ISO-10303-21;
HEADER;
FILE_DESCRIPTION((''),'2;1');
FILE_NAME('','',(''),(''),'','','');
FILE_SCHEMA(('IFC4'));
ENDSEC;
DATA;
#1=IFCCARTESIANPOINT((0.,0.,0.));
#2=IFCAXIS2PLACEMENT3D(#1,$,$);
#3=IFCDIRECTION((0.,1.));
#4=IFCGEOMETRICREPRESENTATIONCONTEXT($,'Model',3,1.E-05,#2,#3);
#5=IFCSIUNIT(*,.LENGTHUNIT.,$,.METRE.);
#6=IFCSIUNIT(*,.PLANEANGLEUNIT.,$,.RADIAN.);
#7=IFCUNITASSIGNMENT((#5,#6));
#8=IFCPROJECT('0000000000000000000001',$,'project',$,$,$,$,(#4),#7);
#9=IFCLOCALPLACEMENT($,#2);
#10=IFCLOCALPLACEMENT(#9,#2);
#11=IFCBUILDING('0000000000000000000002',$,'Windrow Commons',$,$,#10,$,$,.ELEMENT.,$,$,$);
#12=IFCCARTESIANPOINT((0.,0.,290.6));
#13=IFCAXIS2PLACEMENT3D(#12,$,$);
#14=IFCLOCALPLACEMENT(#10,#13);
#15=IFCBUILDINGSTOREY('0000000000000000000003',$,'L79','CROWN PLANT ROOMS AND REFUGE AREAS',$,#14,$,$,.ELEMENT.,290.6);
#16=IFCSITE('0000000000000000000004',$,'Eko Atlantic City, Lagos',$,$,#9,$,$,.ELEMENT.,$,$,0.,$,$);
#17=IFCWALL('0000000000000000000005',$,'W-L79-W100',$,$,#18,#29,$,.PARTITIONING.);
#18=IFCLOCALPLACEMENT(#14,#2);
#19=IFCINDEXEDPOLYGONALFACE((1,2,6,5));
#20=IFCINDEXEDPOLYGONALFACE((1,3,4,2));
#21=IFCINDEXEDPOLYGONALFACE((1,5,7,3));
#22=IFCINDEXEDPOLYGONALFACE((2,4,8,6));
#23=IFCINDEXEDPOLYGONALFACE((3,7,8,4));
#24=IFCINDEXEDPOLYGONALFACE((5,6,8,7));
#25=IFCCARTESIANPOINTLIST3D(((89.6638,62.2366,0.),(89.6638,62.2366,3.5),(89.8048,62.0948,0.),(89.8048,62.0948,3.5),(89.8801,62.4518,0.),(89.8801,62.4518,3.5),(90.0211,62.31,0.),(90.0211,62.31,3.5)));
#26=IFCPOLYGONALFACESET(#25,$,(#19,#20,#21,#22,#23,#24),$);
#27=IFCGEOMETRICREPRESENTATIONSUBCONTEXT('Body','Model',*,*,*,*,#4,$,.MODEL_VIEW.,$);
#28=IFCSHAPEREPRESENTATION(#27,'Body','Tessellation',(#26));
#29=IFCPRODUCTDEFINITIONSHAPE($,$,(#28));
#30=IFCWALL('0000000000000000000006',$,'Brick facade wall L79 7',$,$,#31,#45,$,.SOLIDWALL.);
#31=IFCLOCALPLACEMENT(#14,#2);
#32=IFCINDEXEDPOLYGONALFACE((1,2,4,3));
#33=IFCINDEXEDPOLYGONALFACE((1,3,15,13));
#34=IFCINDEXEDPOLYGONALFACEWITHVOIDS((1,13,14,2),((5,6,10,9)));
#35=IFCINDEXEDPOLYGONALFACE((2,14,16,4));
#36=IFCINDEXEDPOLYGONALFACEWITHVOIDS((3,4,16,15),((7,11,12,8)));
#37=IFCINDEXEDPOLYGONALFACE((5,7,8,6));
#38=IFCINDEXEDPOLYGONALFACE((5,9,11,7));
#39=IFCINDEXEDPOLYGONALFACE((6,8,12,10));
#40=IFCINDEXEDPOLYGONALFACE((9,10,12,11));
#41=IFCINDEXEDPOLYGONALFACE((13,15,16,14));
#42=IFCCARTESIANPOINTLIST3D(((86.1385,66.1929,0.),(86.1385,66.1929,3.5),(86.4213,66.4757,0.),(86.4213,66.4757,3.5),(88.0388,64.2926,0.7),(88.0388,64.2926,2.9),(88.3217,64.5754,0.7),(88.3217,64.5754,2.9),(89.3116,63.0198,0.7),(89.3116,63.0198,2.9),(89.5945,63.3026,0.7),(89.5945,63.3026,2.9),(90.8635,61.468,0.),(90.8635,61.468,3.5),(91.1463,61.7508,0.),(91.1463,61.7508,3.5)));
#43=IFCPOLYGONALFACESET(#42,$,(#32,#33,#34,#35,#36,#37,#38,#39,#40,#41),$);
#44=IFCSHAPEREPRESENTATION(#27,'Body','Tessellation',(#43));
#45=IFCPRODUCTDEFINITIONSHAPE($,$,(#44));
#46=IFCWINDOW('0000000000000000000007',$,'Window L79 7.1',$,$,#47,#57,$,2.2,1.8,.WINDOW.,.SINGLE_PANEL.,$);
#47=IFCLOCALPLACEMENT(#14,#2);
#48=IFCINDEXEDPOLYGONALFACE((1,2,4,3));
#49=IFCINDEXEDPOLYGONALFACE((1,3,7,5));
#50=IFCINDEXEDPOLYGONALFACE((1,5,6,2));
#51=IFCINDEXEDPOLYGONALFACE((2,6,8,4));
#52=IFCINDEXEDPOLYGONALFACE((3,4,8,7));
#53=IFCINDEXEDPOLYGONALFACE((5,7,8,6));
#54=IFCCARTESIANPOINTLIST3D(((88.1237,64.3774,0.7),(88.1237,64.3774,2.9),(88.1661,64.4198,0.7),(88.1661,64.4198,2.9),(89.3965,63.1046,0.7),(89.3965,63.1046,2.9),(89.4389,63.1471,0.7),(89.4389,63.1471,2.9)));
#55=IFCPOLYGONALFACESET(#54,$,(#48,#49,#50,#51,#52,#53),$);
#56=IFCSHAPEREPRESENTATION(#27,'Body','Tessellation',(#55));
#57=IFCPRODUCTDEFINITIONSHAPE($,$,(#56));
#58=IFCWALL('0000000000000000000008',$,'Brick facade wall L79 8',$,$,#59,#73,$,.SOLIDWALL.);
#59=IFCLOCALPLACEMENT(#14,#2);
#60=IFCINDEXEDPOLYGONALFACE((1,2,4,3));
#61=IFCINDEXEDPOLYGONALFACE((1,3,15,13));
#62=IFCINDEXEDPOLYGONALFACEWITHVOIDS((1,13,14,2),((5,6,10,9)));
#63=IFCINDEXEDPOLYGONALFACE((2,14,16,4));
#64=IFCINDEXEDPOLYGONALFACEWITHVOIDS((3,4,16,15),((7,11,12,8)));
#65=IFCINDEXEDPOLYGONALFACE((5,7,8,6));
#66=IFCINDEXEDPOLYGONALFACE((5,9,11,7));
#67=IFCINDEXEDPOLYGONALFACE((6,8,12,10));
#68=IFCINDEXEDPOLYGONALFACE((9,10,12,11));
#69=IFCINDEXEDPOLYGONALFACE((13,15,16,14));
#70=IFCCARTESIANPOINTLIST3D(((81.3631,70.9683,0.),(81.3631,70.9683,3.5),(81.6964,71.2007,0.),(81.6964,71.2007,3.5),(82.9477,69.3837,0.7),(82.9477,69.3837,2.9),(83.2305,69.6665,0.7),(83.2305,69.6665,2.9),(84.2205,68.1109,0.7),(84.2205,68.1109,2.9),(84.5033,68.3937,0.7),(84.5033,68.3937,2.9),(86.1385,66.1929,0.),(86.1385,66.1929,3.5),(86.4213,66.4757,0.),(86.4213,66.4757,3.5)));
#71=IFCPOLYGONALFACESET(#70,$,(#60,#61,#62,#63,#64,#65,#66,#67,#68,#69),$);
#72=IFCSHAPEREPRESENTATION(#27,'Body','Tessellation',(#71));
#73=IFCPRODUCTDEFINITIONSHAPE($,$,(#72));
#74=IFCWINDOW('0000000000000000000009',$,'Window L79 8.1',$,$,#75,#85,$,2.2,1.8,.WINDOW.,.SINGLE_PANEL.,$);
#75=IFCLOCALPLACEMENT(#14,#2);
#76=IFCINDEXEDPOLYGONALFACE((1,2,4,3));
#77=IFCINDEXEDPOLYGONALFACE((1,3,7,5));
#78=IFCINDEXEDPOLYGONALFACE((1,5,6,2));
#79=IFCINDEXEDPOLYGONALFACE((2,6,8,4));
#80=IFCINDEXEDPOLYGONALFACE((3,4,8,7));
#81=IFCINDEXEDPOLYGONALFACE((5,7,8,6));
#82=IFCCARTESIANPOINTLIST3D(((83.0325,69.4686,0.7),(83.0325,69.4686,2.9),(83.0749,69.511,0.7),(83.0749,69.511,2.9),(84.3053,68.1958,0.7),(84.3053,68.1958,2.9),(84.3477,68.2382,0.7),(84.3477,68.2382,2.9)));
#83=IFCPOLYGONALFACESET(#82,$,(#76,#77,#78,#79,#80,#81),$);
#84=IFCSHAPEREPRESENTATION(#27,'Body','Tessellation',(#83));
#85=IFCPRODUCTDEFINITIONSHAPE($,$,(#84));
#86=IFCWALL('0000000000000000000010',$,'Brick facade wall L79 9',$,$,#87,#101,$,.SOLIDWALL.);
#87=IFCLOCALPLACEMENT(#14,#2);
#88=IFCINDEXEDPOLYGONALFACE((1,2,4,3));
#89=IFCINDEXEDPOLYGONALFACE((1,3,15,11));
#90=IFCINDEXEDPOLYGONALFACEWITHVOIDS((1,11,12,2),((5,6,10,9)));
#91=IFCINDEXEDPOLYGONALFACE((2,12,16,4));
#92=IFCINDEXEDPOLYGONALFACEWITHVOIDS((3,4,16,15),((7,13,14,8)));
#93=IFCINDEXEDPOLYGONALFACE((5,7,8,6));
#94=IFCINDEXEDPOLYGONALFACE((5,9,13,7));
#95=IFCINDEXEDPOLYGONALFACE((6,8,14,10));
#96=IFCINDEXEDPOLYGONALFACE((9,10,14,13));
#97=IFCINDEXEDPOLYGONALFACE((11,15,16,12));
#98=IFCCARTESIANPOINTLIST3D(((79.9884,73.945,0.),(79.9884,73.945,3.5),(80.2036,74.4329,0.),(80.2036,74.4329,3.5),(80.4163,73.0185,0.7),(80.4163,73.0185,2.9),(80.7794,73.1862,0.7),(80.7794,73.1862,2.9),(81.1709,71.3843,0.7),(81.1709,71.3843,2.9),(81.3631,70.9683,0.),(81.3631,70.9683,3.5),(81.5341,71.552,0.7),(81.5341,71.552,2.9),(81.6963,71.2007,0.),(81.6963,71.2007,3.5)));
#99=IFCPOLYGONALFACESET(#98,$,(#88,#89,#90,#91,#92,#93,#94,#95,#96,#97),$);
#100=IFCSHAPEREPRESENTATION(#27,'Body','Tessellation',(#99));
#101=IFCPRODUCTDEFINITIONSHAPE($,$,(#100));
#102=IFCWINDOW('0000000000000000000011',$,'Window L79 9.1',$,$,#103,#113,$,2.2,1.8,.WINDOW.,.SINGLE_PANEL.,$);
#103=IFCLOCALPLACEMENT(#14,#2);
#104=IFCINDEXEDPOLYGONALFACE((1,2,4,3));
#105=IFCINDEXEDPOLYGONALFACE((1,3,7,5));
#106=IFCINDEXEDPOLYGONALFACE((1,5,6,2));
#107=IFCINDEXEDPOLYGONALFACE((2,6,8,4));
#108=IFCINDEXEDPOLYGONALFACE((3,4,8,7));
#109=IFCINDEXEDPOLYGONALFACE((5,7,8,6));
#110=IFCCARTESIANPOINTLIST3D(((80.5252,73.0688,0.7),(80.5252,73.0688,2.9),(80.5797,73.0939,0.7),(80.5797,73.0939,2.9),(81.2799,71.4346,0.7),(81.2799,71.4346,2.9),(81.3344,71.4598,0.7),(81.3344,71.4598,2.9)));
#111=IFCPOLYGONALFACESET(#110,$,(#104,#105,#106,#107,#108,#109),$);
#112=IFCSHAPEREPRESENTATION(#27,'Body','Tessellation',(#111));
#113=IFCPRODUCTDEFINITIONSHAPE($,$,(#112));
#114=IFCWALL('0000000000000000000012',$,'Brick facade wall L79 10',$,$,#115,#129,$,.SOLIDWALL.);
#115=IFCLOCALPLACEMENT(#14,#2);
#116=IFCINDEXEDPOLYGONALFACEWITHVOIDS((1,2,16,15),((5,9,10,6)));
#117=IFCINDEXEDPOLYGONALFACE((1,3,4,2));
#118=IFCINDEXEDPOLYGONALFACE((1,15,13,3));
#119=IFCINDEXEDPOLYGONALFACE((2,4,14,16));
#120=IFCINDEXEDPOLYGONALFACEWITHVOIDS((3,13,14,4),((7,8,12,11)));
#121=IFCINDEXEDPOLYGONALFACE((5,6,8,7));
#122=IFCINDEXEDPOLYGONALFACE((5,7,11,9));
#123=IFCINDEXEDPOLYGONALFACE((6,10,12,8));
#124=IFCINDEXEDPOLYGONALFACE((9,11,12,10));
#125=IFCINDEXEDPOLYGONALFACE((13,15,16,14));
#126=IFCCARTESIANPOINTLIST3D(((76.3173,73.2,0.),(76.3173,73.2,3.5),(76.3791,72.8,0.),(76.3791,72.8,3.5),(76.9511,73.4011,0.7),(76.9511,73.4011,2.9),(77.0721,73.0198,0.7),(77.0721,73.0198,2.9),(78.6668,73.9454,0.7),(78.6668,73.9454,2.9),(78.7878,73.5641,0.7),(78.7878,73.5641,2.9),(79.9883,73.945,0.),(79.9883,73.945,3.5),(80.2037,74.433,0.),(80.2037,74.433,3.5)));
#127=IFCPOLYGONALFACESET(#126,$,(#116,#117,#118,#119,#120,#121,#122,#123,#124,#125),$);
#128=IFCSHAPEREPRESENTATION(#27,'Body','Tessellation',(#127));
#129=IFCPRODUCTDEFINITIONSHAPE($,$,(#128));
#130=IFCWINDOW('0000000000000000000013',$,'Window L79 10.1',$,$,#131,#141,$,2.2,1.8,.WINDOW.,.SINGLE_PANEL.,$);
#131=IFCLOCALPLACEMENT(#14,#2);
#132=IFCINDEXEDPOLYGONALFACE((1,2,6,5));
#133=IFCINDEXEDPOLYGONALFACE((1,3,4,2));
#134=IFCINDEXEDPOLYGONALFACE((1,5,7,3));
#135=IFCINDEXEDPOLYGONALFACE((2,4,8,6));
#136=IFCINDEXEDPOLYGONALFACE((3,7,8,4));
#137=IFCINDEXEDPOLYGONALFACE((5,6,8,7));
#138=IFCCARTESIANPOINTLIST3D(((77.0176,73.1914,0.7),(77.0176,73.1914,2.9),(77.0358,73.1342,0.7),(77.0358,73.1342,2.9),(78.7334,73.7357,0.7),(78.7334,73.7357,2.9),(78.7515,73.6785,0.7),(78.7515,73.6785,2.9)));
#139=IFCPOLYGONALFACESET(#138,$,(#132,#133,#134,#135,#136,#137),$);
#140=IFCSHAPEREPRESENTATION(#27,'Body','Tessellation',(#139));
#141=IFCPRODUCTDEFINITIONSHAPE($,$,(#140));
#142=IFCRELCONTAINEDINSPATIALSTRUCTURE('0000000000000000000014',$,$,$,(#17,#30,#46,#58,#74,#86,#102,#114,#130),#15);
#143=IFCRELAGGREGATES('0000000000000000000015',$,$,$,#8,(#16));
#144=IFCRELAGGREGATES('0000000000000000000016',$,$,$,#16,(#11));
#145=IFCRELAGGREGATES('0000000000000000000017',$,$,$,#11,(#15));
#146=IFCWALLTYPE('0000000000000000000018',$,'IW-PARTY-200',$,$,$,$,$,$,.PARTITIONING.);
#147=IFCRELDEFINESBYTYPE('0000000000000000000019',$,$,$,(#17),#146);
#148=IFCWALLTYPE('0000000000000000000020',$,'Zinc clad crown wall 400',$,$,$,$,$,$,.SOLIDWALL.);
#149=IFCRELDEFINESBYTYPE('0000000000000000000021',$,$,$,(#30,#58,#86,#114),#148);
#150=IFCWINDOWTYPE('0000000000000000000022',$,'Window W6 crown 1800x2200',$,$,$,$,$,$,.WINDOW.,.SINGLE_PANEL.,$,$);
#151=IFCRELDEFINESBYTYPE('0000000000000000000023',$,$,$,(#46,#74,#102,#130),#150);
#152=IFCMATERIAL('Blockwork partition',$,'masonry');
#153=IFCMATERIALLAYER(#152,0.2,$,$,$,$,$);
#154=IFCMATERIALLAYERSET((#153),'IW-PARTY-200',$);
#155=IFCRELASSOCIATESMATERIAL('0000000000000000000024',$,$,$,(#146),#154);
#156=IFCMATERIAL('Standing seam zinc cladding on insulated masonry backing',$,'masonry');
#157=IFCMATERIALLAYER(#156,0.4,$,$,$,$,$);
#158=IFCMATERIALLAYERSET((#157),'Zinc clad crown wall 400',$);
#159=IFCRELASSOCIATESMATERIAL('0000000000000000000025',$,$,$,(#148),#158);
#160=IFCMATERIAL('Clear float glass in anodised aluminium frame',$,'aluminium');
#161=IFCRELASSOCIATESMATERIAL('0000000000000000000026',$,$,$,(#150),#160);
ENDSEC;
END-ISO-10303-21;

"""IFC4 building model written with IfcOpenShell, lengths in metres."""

from ifc_helpers import new_model, si_unit, direction, frame, frame_2d, origin, place, context, subcontext, project, spatial, polyline, rectangle, outline, extrude, material, layer, layer_set, type_object, element, fill, save


model = new_model("IFC4")

# Units and contexts
model_context = context("Model", 3, precision=1e-05, world=origin(), true_north=direction((0.0, 1.0)))
body_context = subcontext(model_context, "Body", "Model", "MODEL_VIEW")
ifc_project = project(units=[si_unit("LENGTHUNIT", "METRE"), si_unit("PLANEANGLEUNIT", "RADIAN")], contexts=[model_context])

# Site, building, storey
site_placement = place(None, origin())
site = spatial("IfcSite", under=ifc_project, at=site_placement, Name="Eko Atlantic City, Lagos", CompositionType="ELEMENT", RefElevation=0.0)
building_placement = place(site_placement, origin())
building = spatial("IfcBuilding", under=site, at=building_placement, Name="Windrow Commons", CompositionType="ELEMENT")
storey_placement = place(building_placement, frame((0.0, 0.0, 290.6)))
storey = spatial("IfcBuildingStorey", under=building, at=storey_placement, Name="L79", Description="CROWN PLANT ROOMS AND REFUGE AREAS", CompositionType="ELEMENT", Elevation=290.6)

# Wall
ifc_material_1 = material(Name="Blockwork partition", Category="masonry")
ifc_layer_1 = layer(ifc_material_1, 0.2)
ifc_layer_set_1 = layer_set([ifc_layer_1], Name="IW-PARTY-200")
wall_type_1 = type_object("IfcWallType", Name="IW-PARTY-200", PredefinedType="PARTITIONING", material=ifc_layer_set_1)
wall_1_placement = place(storey_placement, frame((89.7343, 62.1657, 0.0), z_axis=(0.0, 0.0, 1.0), x_axis=(0.708907, 0.705302, 0.0)))
element("IfcWall", 1, at=wall_1_placement, inside=storey, type_object=wall_type_1, Name="W-L79-W100", PredefinedType="PARTITIONING", context=body_context, shape_type="SweptSolid", body=[
    extrude(outline(polyline([(0.0, -0.1), (0.3051, -0.1), (0.3051, 0.1), (0.0, 0.1), (0.0, -0.1)])), origin(), (0.0, 0.0, 1.0), 3.5),
])

# Walls, openings, windows
ifc_material_2 = material(Name="Standing seam zinc cladding on insulated masonry backing", Category="masonry")
ifc_layer_2 = layer(ifc_material_2, 0.4)
ifc_layer_set_2 = layer_set([ifc_layer_2], Name="Zinc clad crown wall 400")
wall_type_2 = type_object("IfcWallType", Name="Zinc clad crown wall 400", PredefinedType="SOLIDWALL", material=ifc_layer_set_2)
wall_2_placement = place(storey_placement, frame((91.0049, 61.6094, 0.0), z_axis=(0.0, 0.0, 1.0), x_axis=(-0.707114, 0.707099, 0.0)))
wall_2 = element("IfcWall", 2, at=wall_2_placement, inside=storey, type_object=wall_type_2, Name="Brick facade wall L79 7", PredefinedType="SOLIDWALL", context=body_context, shape_type="SweptSolid", body=[
    extrude(outline(polyline([(0.0, -0.2), (6.6821, -0.2), (6.6821, 0.2), (0.0, 0.2), (0.0, -0.2)])), origin(), (0.0, 0.0, 1.0), 3.5),
])
opening_1_placement = place(wall_2_placement, frame((2.1946, 0.0, 0.7)))
opening_1 = element("IfcOpeningElement", 3, at=opening_1_placement, cuts=wall_2, PredefinedType="OPENING", context=body_context, shape_type="SweptSolid", body=[
    extrude(rectangle(XDim=1.8, YDim=2.2, at=frame_2d((0.9, 1.1))), frame((0.0, 0.21, 0.0), z_axis=(0.0, -1.0, 0.0), x_axis=(1.0, 0.0, 0.0)), (0.0, 0.0, 1.0), 0.42),
])
ifc_material_3 = material(Name="Clear float glass in anodised aluminium frame", Category="aluminium")
window_type = type_object("IfcWindowType", Name="Window W6 crown 1800x2200", PartitioningType="SINGLE_PANEL", PredefinedType="WINDOW", material=ifc_material_3)
window_1_placement = place(opening_1_placement, origin())
window_1 = element("IfcWindow", 4, at=window_1_placement, inside=storey, type_object=window_type, Name="Window L79 7.1", OverallHeight=2.2, OverallWidth=1.8, PartitioningType="SINGLE_PANEL", PredefinedType="WINDOW", context=body_context, shape_type="SweptSolid", body=[
    extrude(rectangle(XDim=1.8, YDim=2.2, at=frame_2d((0.9, 1.1))), frame((0.0, 0.08, 0.0), z_axis=(0.0, -1.0, 0.0), x_axis=(1.0, 0.0, 0.0)), (0.0, 0.0, 1.0), 0.06),
])
fill(opening_1, window_1)
wall_3_placement = place(storey_placement, frame((86.2799, 66.3343, 0.0), z_axis=(0.0, 0.0, 1.0), x_axis=(-0.707107, 0.707107, 0.0)))
wall_3 = element("IfcWall", 5, at=wall_3_placement, inside=storey, type_object=wall_type_2, Name="Brick facade wall L79 8", PredefinedType="SOLIDWALL", context=body_context, shape_type="SweptSolid", body=[
    extrude(outline(polyline([(0.0, -0.2), (6.6821, -0.2), (6.7534, 0.2), (0.0, 0.2), (0.0, -0.2)])), origin(), (0.0, 0.0, 1.0), 3.5),
])
opening_2_placement = place(wall_3_placement, frame((2.7125, 0.0, 0.7)))
opening_2 = element("IfcOpeningElement", 6, at=opening_2_placement, cuts=wall_3, PredefinedType="OPENING", context=body_context, shape_type="SweptSolid", body=[
    extrude(rectangle(XDim=1.8, YDim=2.2, at=frame_2d((0.9, 1.1))), frame((0.0, 0.21, 0.0), z_axis=(0.0, -1.0, 0.0), x_axis=(1.0, 0.0, 0.0)), (0.0, 0.0, 1.0), 0.42),
])
window_2_placement = place(opening_2_placement, origin())
window_2 = element("IfcWindow", 7, at=window_2_placement, inside=storey, type_object=window_type, Name="Window L79 8.1", OverallHeight=2.2, OverallWidth=1.8, PartitioningType="SINGLE_PANEL", PredefinedType="WINDOW", context=body_context, shape_type="SweptSolid", body=[
    extrude(rectangle(XDim=1.8, YDim=2.2, at=frame_2d((0.9, 1.1))), frame((0.0, 0.08, 0.0), z_axis=(0.0, -1.0, 0.0), x_axis=(1.0, 0.0, 0.0)), (0.0, 0.0, 1.0), 0.06),
])
fill(opening_2, window_2)
wall_4_placement = place(storey_placement, frame((81.5297, 71.0845, 0.0), z_axis=(0.0, 0.0, 1.0), x_axis=(-0.419264, 0.907864, 0.0)))
wall_4 = element("IfcWall", 8, at=wall_4_placement, inside=storey, type_object=wall_type_2, Name="Brick facade wall L79 9", PredefinedType="SOLIDWALL", context=body_context, shape_type="SweptSolid", body=[
    extrude(outline(polyline([(0.0356, -0.2), (3.5959, -0.2), (3.2432, 0.2), (-0.0356, 0.2), (0.0356, -0.2)])), origin(), (0.0, 0.0, 1.0), 3.5),
])
opening_3_placement = place(wall_4_placement, frame((0.4226, 0.0, 0.7)))
opening_3 = element("IfcOpeningElement", 9, at=opening_3_placement, cuts=wall_4, PredefinedType="OPENING", context=body_context, shape_type="SweptSolid", body=[
    extrude(rectangle(XDim=1.8, YDim=2.2, at=frame_2d((0.9, 1.1))), frame((0.0, 0.21, 0.0), z_axis=(0.0, -1.0, 0.0), x_axis=(1.0, 0.0, 0.0)), (0.0, 0.0, 1.0), 0.42),
])
window_3_placement = place(opening_3_placement, origin())
window_3 = element("IfcWindow", 10, at=window_3_placement, inside=storey, type_object=window_type, Name="Window L79 9.1", OverallHeight=2.2, OverallWidth=1.8, PartitioningType="SINGLE_PANEL", PredefinedType="WINDOW", context=body_context, shape_type="SweptSolid", body=[
    extrude(rectangle(XDim=1.8, YDim=2.2, at=frame_2d((0.9, 1.1))), frame((0.0, 0.08, 0.0), z_axis=(0.0, -1.0, 0.0), x_axis=(1.0, 0.0, 0.0)), (0.0, 0.0, 1.0), 0.06),
])
fill(opening_3, window_3)
wall_5_placement = place(storey_placement, frame((80.096, 74.189, 0.0), z_axis=(0.0, 0.0, 1.0), x_axis=(-0.953181, -0.302399, 0.0)))
wall_5 = element("IfcWall", 11, at=wall_5_placement, inside=storey, type_object=wall_type_2, Name="Brick facade wall L79 10", PredefinedType="SOLIDWALL", context=body_context, shape_type="SweptSolid", body=[
    extrude(outline(polyline([(-0.1764, -0.2), (3.9009, -0.2), (3.9629, 0.2), (0.1764, 0.2), (-0.1764, -0.2)])), origin(), (0.0, 0.0, 1.0), 3.5),
])
opening_4_placement = place(wall_5_placement, frame((1.4359, 0.0, 0.7)))
opening_4 = element("IfcOpeningElement", 12, at=opening_4_placement, cuts=wall_5, PredefinedType="OPENING", context=body_context, shape_type="SweptSolid", body=[
    extrude(rectangle(XDim=1.8, YDim=2.2, at=frame_2d((0.9, 1.1))), frame((0.0, 0.21, 0.0), z_axis=(0.0, -1.0, 0.0), x_axis=(1.0, 0.0, 0.0)), (0.0, 0.0, 1.0), 0.42),
])
window_4_placement = place(opening_4_placement, origin())
window_4 = element("IfcWindow", 13, at=window_4_placement, inside=storey, type_object=window_type, Name="Window L79 10.1", OverallHeight=2.2, OverallWidth=1.8, PartitioningType="SINGLE_PANEL", PredefinedType="WINDOW", context=body_context, shape_type="SweptSolid", body=[
    extrude(rectangle(XDim=1.8, YDim=2.2, at=frame_2d((0.9, 1.1))), frame((0.0, 0.08, 0.0), z_axis=(0.0, -1.0, 0.0), x_axis=(1.0, 0.0, 0.0)), (0.0, 0.0, 1.0), 0.06),
])
fill(opening_4, window_4)

save(model, "model.ifc")
